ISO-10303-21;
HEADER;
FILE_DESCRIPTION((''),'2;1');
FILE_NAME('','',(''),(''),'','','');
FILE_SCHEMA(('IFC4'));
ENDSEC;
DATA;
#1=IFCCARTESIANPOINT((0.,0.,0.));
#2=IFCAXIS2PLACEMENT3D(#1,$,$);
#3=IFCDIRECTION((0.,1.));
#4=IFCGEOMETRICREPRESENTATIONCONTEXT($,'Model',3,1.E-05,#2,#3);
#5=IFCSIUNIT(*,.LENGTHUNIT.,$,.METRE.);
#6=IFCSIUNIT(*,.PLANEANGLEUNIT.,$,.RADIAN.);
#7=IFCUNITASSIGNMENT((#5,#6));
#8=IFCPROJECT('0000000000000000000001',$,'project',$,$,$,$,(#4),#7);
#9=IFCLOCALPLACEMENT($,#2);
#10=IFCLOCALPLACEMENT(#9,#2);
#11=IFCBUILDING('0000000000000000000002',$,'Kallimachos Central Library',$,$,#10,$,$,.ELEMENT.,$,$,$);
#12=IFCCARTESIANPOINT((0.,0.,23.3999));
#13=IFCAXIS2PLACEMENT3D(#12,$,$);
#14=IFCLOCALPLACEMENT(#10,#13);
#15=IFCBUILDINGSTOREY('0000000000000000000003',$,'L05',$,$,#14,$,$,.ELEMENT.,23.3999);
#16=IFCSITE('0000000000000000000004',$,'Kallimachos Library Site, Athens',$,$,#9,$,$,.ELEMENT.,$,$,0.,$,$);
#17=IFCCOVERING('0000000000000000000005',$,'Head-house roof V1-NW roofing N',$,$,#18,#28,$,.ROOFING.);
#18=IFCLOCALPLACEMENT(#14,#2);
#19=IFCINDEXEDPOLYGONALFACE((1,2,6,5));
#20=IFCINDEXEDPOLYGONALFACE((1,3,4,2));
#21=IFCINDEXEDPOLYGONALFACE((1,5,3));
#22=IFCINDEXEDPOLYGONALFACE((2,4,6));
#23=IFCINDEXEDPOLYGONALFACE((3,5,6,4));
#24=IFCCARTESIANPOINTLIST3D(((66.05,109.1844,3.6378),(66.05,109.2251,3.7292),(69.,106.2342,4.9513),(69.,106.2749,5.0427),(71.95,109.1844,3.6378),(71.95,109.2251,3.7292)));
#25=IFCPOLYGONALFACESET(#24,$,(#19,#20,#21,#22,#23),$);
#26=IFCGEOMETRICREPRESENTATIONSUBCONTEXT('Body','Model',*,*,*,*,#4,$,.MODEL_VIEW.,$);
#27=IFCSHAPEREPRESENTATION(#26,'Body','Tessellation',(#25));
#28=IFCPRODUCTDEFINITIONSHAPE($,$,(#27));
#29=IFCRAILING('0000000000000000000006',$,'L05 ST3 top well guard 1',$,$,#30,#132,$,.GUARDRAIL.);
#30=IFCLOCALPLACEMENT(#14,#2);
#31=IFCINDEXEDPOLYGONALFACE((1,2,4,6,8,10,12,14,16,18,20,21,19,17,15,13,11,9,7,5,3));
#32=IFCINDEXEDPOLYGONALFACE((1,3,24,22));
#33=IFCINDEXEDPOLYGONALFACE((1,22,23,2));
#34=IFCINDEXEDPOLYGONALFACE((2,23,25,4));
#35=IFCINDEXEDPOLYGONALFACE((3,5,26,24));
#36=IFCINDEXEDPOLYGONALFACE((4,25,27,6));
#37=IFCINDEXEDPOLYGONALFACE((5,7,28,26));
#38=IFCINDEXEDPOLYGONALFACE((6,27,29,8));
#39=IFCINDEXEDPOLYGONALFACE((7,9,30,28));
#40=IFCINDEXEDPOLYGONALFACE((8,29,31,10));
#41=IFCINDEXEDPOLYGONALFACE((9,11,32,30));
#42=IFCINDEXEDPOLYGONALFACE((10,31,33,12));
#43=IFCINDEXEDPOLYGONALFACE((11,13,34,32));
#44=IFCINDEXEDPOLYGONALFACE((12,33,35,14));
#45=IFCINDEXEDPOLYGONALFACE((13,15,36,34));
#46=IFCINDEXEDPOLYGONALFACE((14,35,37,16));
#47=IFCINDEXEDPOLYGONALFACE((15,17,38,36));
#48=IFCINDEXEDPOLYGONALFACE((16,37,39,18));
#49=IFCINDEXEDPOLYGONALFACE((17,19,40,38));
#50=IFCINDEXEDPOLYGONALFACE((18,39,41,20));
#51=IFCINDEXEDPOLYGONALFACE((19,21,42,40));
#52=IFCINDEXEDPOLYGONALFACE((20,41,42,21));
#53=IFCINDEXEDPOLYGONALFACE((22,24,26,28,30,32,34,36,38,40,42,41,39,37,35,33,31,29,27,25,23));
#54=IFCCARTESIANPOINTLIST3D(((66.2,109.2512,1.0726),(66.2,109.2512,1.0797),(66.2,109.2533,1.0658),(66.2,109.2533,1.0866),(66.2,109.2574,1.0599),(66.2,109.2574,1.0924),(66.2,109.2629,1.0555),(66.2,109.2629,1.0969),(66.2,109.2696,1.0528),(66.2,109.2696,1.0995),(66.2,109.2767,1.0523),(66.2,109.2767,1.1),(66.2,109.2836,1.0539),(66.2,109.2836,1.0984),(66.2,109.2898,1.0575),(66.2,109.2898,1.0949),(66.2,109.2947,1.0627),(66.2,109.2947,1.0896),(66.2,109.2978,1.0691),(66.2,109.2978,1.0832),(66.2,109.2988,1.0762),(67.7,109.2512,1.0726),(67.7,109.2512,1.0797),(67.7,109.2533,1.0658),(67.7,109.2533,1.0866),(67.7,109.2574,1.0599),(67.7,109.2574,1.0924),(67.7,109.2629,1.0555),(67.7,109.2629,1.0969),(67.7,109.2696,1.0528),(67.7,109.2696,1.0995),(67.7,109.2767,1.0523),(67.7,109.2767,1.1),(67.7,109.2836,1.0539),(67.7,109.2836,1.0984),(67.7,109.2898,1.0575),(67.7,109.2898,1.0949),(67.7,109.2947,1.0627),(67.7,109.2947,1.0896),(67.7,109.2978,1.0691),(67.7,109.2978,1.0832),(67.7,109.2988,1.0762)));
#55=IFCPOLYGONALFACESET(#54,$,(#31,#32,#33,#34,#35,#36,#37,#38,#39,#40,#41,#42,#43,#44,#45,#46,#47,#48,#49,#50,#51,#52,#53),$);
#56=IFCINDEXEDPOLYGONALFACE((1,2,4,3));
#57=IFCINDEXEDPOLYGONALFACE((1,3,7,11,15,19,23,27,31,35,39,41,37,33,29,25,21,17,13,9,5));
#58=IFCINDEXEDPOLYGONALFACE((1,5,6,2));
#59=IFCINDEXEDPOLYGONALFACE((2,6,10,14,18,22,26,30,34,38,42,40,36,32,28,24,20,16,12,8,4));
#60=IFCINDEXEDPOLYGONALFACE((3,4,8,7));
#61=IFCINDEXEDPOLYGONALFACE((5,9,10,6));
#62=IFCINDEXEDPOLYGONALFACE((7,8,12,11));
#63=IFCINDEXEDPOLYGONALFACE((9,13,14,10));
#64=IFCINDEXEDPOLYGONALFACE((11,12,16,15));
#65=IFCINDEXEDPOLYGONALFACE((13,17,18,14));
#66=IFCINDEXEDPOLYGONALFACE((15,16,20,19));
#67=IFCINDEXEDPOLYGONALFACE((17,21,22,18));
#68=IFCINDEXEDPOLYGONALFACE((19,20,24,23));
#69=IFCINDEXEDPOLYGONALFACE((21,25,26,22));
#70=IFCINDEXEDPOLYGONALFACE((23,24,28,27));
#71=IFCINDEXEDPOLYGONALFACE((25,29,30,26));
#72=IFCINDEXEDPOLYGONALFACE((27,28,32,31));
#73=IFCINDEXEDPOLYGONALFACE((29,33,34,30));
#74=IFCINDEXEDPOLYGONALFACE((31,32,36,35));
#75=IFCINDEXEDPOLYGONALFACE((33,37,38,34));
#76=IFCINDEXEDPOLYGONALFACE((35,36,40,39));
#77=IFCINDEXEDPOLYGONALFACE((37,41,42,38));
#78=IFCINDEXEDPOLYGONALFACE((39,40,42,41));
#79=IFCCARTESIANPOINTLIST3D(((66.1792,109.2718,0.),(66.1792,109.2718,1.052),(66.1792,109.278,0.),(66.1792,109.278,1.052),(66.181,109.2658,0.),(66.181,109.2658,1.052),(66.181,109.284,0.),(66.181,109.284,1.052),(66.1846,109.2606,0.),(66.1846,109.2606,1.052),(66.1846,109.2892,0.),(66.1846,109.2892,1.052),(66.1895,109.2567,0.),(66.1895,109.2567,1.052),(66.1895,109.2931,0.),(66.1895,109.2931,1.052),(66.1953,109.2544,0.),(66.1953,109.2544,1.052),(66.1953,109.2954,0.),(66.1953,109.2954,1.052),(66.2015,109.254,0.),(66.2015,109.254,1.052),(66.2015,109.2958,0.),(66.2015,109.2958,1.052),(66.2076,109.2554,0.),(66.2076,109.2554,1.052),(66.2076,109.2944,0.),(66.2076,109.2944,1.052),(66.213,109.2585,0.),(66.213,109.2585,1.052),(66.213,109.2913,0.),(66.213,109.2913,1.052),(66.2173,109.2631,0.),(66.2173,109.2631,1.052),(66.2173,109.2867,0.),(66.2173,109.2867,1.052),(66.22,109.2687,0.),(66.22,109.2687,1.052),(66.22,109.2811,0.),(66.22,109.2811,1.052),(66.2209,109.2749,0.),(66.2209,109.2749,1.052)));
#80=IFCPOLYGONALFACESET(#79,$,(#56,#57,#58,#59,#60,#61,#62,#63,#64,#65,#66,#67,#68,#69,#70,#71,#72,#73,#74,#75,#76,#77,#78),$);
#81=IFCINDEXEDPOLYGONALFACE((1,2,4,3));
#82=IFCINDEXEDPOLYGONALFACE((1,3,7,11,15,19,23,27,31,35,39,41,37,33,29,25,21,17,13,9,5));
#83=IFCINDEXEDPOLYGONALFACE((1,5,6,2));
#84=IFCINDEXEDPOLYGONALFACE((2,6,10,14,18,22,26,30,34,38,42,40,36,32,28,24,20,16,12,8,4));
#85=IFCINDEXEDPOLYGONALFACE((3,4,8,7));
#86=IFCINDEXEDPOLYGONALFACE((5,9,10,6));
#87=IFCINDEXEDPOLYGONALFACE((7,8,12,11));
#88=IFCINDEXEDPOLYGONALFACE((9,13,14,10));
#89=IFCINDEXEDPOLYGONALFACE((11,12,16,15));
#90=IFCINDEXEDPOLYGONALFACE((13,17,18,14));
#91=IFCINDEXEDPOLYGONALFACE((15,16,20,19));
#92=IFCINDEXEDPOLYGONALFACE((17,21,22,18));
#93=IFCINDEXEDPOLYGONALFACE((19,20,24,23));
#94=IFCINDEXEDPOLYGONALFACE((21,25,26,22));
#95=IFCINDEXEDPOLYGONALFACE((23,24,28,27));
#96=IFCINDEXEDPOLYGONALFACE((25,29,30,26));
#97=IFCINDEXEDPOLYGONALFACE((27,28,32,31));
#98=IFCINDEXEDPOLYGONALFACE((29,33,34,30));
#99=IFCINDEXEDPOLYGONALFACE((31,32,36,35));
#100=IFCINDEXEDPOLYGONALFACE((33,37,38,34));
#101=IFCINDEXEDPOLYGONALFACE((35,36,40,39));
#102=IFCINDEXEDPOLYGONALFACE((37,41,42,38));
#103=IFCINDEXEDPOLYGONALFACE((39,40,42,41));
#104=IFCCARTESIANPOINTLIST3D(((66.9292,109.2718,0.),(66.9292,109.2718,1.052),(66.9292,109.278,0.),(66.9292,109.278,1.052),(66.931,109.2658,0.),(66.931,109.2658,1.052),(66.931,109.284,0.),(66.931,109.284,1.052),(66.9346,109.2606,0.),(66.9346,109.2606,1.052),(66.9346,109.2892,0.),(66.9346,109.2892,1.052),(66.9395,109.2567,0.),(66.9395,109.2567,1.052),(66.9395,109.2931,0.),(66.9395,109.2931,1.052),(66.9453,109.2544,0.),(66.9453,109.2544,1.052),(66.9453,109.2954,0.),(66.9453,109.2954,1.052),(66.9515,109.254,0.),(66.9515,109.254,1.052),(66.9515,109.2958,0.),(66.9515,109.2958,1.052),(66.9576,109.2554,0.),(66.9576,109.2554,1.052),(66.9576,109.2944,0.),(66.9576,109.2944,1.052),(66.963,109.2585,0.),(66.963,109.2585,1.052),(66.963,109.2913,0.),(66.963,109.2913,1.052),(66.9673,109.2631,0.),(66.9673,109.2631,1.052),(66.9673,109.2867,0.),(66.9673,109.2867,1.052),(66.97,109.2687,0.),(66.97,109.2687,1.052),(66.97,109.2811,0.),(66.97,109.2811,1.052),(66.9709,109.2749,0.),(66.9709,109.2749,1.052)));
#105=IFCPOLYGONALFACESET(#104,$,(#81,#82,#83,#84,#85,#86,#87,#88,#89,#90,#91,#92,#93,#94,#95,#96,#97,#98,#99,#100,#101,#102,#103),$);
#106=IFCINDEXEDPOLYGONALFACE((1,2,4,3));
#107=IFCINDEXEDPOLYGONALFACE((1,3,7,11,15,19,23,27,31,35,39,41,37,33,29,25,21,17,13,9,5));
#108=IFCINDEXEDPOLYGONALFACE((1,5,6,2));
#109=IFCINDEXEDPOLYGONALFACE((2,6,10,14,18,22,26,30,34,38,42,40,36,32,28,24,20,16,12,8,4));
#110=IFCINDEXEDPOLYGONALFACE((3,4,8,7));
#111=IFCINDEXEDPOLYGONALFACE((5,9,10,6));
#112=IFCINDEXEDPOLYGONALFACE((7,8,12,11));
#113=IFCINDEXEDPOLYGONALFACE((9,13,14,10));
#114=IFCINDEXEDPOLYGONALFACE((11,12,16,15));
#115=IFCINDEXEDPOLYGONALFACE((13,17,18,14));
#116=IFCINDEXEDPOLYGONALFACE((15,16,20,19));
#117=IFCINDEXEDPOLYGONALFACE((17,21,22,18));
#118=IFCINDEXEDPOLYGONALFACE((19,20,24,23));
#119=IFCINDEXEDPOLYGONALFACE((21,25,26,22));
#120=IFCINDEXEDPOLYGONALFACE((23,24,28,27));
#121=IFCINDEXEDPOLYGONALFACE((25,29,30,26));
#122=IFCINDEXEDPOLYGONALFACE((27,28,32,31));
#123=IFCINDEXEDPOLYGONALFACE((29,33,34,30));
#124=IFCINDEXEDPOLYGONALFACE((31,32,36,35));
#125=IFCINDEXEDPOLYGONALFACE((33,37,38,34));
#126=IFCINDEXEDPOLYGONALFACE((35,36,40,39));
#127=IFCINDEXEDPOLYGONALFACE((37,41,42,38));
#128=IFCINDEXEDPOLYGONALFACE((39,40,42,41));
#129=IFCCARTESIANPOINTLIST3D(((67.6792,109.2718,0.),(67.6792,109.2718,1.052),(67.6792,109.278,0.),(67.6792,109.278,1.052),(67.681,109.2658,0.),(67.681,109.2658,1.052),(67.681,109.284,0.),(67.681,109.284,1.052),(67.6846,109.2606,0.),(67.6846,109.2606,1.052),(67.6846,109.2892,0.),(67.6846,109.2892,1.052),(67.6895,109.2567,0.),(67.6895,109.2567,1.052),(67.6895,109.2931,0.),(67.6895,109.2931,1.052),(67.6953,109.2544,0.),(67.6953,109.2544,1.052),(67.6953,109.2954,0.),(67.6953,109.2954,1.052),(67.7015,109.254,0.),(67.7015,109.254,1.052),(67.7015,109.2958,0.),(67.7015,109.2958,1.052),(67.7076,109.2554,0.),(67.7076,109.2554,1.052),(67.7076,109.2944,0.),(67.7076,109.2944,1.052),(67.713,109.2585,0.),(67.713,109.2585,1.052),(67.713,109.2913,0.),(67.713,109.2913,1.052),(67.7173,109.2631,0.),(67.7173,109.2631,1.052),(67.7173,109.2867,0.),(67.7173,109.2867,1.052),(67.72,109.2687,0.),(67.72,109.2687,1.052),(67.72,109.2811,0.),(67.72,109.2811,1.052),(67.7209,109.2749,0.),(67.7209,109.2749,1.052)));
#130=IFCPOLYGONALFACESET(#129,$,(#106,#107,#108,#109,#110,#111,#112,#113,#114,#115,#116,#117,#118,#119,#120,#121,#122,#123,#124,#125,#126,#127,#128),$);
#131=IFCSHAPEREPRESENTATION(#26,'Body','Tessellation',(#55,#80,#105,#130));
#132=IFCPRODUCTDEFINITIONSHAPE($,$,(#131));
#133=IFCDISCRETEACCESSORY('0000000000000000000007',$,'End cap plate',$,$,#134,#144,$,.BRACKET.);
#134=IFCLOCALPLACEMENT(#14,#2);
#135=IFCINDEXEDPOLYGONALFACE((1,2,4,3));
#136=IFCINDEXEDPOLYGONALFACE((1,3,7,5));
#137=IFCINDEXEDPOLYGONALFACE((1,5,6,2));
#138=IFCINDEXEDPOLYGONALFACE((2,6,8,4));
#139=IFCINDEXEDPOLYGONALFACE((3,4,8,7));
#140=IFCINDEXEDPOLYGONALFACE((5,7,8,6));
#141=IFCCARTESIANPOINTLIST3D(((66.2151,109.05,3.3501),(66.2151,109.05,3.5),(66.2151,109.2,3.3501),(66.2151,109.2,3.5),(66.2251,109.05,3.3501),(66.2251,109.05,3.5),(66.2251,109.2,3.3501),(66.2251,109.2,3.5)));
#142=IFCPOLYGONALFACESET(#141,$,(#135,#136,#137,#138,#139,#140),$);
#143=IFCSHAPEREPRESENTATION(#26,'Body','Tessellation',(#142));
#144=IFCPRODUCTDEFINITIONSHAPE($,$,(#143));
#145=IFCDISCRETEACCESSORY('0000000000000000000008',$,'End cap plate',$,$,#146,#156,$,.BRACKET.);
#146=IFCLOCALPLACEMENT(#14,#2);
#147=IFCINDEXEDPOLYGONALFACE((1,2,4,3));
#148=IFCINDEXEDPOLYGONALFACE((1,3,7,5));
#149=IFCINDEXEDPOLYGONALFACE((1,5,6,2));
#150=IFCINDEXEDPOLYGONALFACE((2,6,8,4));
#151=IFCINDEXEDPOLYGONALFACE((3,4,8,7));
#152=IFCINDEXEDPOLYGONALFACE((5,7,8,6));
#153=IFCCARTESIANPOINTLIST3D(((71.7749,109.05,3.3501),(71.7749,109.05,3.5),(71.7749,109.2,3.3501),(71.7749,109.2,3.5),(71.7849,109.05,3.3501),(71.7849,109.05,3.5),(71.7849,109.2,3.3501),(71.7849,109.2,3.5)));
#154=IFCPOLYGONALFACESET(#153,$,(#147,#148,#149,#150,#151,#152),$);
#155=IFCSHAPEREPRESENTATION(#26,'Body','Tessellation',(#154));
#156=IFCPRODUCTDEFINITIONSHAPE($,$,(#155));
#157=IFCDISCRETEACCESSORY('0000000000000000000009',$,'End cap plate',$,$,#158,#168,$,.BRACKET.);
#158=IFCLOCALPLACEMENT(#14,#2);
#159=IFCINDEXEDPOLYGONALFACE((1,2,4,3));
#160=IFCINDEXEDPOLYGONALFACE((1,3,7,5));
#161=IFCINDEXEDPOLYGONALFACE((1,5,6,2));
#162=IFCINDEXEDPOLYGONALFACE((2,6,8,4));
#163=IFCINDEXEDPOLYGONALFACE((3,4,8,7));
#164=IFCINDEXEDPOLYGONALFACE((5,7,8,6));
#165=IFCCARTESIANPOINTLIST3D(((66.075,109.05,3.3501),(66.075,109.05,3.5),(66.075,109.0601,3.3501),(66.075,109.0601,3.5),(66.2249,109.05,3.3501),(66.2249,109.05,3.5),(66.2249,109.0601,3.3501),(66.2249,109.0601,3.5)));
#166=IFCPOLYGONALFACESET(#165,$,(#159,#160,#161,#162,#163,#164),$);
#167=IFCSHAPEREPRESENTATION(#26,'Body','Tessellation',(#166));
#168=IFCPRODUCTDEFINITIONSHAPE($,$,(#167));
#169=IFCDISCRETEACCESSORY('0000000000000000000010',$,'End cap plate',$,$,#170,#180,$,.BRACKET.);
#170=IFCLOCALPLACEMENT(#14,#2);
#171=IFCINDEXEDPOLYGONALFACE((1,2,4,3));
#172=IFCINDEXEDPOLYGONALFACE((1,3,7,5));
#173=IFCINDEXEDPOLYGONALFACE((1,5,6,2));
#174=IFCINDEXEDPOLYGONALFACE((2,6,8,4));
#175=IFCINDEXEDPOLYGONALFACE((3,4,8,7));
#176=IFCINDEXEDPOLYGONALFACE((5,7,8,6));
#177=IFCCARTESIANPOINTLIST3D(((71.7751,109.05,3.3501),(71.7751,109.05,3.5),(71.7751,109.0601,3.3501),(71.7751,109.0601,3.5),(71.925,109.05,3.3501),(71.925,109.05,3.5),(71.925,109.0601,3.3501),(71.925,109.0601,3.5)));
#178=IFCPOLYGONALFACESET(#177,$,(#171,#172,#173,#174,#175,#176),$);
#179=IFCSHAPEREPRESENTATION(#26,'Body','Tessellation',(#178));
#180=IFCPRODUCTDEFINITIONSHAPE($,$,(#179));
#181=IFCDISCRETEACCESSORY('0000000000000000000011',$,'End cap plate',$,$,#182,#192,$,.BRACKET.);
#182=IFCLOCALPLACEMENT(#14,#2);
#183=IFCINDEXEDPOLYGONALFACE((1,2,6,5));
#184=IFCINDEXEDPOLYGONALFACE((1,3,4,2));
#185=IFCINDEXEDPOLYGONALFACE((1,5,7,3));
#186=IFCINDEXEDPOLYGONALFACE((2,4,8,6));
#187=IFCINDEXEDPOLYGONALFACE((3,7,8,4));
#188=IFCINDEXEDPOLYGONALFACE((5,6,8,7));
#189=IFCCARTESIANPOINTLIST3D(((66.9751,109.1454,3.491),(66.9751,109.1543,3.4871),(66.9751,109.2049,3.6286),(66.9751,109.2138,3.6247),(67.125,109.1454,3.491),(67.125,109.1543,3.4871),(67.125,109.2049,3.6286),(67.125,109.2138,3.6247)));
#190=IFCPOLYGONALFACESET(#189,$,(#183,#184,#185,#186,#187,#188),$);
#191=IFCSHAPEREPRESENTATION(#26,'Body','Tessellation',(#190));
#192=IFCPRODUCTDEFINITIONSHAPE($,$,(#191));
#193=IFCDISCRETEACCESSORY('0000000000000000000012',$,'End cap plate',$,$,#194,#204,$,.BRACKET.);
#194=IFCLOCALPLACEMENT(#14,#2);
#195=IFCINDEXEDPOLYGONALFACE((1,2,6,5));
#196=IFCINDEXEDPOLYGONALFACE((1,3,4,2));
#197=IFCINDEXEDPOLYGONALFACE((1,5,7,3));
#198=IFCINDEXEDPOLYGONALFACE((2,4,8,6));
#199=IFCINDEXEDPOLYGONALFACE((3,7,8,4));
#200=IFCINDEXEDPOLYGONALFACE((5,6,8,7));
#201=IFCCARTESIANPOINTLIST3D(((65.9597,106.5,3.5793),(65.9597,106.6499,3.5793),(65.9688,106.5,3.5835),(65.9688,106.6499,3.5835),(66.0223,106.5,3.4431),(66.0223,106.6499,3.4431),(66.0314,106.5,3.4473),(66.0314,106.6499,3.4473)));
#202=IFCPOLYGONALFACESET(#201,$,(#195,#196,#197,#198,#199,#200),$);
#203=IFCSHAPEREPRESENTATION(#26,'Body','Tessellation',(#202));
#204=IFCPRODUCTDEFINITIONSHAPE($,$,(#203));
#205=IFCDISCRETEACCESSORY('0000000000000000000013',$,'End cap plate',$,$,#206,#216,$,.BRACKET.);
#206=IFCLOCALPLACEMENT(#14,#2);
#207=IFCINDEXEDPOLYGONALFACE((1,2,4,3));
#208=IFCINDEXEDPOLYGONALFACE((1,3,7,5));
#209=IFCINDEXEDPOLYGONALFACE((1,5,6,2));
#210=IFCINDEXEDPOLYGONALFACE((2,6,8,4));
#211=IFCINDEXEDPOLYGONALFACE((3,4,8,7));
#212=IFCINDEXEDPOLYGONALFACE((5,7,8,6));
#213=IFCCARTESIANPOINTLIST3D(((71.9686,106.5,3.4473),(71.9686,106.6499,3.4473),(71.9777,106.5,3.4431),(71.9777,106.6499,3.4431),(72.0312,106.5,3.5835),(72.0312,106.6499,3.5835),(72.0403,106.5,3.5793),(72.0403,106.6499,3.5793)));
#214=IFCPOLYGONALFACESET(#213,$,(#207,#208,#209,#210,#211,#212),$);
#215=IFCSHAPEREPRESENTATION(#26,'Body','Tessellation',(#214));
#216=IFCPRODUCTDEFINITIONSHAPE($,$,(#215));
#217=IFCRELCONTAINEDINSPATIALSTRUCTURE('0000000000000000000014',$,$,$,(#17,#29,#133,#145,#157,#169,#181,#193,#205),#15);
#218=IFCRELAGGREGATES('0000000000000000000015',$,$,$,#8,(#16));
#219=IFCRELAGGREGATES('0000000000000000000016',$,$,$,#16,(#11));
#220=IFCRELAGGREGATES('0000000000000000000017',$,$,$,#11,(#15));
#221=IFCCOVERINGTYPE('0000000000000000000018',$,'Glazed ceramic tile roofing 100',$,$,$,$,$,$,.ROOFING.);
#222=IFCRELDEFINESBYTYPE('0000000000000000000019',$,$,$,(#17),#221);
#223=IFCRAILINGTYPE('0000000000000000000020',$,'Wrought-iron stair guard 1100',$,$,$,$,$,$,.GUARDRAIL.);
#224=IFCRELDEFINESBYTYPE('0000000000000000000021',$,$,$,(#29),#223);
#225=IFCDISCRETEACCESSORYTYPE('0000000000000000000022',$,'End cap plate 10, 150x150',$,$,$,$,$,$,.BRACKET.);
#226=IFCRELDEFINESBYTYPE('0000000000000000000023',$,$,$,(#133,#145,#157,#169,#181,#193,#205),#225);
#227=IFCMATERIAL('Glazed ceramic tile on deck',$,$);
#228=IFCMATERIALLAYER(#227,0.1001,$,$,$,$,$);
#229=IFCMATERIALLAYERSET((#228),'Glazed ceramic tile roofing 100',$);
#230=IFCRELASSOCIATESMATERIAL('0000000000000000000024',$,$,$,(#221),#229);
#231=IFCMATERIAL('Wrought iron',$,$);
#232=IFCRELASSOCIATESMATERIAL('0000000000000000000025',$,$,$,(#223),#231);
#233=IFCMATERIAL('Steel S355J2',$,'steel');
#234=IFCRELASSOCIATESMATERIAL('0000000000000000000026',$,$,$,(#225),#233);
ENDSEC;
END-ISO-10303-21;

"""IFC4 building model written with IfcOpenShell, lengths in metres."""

from ifc_helpers import new_model, si_unit, direction, frame, origin, origin_2d, place, context, subcontext, project, spatial, polyline, rectangle, circle, outline, extrude, material, layer, layer_set, material_profile, profile_set, type_object, element, save


model = new_model("IFC4")

# Units and contexts
model_context = context("Model", 3, precision=1e-05, world=origin(), true_north=direction((0.0, 1.0)))
body_context = subcontext(model_context, "Body", "Model", "MODEL_VIEW")
ifc_project = project(units=[si_unit("LENGTHUNIT", "METRE"), si_unit("PLANEANGLEUNIT", "RADIAN")], contexts=[model_context])

# Site, building, storey
site_placement = place(None, origin())
site = spatial("IfcSite", under=ifc_project, at=site_placement, Name="Kallimachos Library Site, Athens", CompositionType="ELEMENT", RefElevation=0.0)
building_placement = place(site_placement, origin())
building = spatial("IfcBuilding", under=site, at=building_placement, Name="Kallimachos Central Library", CompositionType="ELEMENT")
storey_placement = place(building_placement, frame((0.0, 0.0, 23.3999)))
storey = spatial("IfcBuildingStorey", under=building, at=storey_placement, Name="L05", CompositionType="ELEMENT", Elevation=23.3999)

# Covering
ifc_material_1 = material(Name="Glazed ceramic tile on deck")
ifc_layer_1 = layer(ifc_material_1, 0.1001)
ifc_layer_set_1 = layer_set([ifc_layer_1], Name="Glazed ceramic tile roofing 100")
covering_type_1 = type_object("IfcCoveringType", Name="Glazed ceramic tile roofing 100", PredefinedType="ROOFING", material=ifc_layer_set_1)
covering_1_placement = place(storey_placement, frame((71.95, 109.2251, 3.7292), z_axis=(0.0, 0.406728, 0.913549), x_axis=(-1.0, 0.0, 0.0)))
element("IfcCovering", 1, at=covering_1_placement, inside=storey, type_object=covering_type_1, Name="Head-house roof V1-NW roofing N", PredefinedType="ROOFING", context=body_context, shape_type="SweptSolid", body=[
    extrude(outline(polyline([(0.0, 0.0), (5.8999, 0.0), (2.95, 3.2294), (0.0, 0.0)])), origin(), (0.0, 0.0, -1.0), 0.1001),
])

# Railing
ifc_material_2 = material(Name="Wrought iron")
railing_type = type_object("IfcRailingType", Name="Wrought-iron stair guard 1100", PredefinedType="GUARDRAIL", material=ifc_material_2)
railing_1_placement = place(storey_placement, frame((66.2, 109.2749, 0.0)))
element("IfcRailing", 2, at=railing_1_placement, inside=storey, type_object=railing_type, Name="L05 ST3 top well guard 1", PredefinedType="GUARDRAIL", context=body_context, shape_type="SweptSolid", body=[
    extrude(circle(Radius=0.0239, at=origin_2d()), frame((0.0, 0.0, 1.0762), z_axis=(1.0, 0.0, 0.0), x_axis=(0.0, 1.0, 0.0)), (0.0, 0.0, 1.0), 1.5),
    extrude(circle(Radius=0.021, at=origin_2d()), origin(), (0.0, 0.0, 1.0), 1.052),
    extrude(circle(Radius=0.021, at=origin_2d()), frame((0.75, 0.0, 0.0)), (0.0, 0.0, 1.0), 1.052),
    extrude(circle(Radius=0.021, at=origin_2d()), frame((1.5, 0.0, 0.0)), (0.0, 0.0, 1.0), 1.052),
])

# Discrete accessories
ifc_material_3 = material(Name="Steel S355J2", Category="steel")
ifc_material_profile_1 = material_profile(ifc_material_3, rectangle(XDim=0.1499, YDim=0.1499, at=origin_2d()), Name="End cap plate 10, 150x150")
ifc_profile_set_1 = profile_set([ifc_material_profile_1], Name="Steel S355J2")
discrete_accessory_type = type_object("IfcDiscreteAccessoryType", Name="End cap plate 10, 150x150", PredefinedType="BRACKET", material=ifc_profile_set_1)
for number, where, z_axis, x_axis, name in (
    (3, (66.2151, 109.125, 3.425), (1.0, 0.0, 0.0), (0.0, 1.0, 0.0), "End cap plate"),
    (4, (71.7749, 109.125, 3.425), (1.0, 0.0, 0.0), (0.0, 1.0, 0.0), "End cap plate"),
    (5, (66.1499, 109.05, 3.425), (0.0, 1.0, 0.0), (-1.0, 0.0, 0.0), "End cap plate"),
    (6, (71.8501, 109.05, 3.425), (0.0, 1.0, 0.0), (-1.0, 0.0, 0.0), "End cap plate"),
):
    element("IfcDiscreteAccessory", number, at=place(storey_placement, frame(where, z_axis=z_axis, x_axis=x_axis)), inside=storey, type_object=discrete_accessory_type, Name=name, PredefinedType="BRACKET", context=body_context, shape_type="SweptSolid", body=[
        extrude(rectangle(XDim=0.1499, YDim=0.1499, at=origin_2d()), origin(), (0.0, 0.0, 1.0), 0.01),
    ])
discrete_accessory_placement = place(storey_placement, frame((67.05, 109.1841, 3.5559), z_axis=(0.0, -0.917857, 0.396911), x_axis=(1.0, 0.0, 0.0)))
element("IfcDiscreteAccessory", 7, at=discrete_accessory_placement, inside=storey, type_object=discrete_accessory_type, Name="End cap plate", PredefinedType="BRACKET", context=body_context, shape_type="SweptSolid", body=[
    extrude(rectangle(XDim=0.1499, YDim=0.1499, at=origin_2d()), origin(), (0.0, 0.0, 1.0), 0.0098),
])
for number, where, z_axis, x_axis, name in (
    (8, (65.991, 106.575, 3.5112), (0.908677, 0.0, 0.4175), (0.0, 1.0, 0.0), "End cap plate"),
    (9, (72.009, 106.575, 3.5112), (-0.908677, 0.0, 0.4175), (0.0, -1.0, 0.0), "End cap plate"),
):
    element("IfcDiscreteAccessory", number, at=place(storey_placement, frame(where, z_axis=z_axis, x_axis=x_axis)), inside=storey, type_object=discrete_accessory_type, Name=name, PredefinedType="BRACKET", context=body_context, shape_type="SweptSolid", body=[
        extrude(rectangle(XDim=0.1499, YDim=0.1499, at=origin_2d()), origin(), (0.0, 0.0, 1.0), 0.01),
    ])

save(model, "model.ifc")
